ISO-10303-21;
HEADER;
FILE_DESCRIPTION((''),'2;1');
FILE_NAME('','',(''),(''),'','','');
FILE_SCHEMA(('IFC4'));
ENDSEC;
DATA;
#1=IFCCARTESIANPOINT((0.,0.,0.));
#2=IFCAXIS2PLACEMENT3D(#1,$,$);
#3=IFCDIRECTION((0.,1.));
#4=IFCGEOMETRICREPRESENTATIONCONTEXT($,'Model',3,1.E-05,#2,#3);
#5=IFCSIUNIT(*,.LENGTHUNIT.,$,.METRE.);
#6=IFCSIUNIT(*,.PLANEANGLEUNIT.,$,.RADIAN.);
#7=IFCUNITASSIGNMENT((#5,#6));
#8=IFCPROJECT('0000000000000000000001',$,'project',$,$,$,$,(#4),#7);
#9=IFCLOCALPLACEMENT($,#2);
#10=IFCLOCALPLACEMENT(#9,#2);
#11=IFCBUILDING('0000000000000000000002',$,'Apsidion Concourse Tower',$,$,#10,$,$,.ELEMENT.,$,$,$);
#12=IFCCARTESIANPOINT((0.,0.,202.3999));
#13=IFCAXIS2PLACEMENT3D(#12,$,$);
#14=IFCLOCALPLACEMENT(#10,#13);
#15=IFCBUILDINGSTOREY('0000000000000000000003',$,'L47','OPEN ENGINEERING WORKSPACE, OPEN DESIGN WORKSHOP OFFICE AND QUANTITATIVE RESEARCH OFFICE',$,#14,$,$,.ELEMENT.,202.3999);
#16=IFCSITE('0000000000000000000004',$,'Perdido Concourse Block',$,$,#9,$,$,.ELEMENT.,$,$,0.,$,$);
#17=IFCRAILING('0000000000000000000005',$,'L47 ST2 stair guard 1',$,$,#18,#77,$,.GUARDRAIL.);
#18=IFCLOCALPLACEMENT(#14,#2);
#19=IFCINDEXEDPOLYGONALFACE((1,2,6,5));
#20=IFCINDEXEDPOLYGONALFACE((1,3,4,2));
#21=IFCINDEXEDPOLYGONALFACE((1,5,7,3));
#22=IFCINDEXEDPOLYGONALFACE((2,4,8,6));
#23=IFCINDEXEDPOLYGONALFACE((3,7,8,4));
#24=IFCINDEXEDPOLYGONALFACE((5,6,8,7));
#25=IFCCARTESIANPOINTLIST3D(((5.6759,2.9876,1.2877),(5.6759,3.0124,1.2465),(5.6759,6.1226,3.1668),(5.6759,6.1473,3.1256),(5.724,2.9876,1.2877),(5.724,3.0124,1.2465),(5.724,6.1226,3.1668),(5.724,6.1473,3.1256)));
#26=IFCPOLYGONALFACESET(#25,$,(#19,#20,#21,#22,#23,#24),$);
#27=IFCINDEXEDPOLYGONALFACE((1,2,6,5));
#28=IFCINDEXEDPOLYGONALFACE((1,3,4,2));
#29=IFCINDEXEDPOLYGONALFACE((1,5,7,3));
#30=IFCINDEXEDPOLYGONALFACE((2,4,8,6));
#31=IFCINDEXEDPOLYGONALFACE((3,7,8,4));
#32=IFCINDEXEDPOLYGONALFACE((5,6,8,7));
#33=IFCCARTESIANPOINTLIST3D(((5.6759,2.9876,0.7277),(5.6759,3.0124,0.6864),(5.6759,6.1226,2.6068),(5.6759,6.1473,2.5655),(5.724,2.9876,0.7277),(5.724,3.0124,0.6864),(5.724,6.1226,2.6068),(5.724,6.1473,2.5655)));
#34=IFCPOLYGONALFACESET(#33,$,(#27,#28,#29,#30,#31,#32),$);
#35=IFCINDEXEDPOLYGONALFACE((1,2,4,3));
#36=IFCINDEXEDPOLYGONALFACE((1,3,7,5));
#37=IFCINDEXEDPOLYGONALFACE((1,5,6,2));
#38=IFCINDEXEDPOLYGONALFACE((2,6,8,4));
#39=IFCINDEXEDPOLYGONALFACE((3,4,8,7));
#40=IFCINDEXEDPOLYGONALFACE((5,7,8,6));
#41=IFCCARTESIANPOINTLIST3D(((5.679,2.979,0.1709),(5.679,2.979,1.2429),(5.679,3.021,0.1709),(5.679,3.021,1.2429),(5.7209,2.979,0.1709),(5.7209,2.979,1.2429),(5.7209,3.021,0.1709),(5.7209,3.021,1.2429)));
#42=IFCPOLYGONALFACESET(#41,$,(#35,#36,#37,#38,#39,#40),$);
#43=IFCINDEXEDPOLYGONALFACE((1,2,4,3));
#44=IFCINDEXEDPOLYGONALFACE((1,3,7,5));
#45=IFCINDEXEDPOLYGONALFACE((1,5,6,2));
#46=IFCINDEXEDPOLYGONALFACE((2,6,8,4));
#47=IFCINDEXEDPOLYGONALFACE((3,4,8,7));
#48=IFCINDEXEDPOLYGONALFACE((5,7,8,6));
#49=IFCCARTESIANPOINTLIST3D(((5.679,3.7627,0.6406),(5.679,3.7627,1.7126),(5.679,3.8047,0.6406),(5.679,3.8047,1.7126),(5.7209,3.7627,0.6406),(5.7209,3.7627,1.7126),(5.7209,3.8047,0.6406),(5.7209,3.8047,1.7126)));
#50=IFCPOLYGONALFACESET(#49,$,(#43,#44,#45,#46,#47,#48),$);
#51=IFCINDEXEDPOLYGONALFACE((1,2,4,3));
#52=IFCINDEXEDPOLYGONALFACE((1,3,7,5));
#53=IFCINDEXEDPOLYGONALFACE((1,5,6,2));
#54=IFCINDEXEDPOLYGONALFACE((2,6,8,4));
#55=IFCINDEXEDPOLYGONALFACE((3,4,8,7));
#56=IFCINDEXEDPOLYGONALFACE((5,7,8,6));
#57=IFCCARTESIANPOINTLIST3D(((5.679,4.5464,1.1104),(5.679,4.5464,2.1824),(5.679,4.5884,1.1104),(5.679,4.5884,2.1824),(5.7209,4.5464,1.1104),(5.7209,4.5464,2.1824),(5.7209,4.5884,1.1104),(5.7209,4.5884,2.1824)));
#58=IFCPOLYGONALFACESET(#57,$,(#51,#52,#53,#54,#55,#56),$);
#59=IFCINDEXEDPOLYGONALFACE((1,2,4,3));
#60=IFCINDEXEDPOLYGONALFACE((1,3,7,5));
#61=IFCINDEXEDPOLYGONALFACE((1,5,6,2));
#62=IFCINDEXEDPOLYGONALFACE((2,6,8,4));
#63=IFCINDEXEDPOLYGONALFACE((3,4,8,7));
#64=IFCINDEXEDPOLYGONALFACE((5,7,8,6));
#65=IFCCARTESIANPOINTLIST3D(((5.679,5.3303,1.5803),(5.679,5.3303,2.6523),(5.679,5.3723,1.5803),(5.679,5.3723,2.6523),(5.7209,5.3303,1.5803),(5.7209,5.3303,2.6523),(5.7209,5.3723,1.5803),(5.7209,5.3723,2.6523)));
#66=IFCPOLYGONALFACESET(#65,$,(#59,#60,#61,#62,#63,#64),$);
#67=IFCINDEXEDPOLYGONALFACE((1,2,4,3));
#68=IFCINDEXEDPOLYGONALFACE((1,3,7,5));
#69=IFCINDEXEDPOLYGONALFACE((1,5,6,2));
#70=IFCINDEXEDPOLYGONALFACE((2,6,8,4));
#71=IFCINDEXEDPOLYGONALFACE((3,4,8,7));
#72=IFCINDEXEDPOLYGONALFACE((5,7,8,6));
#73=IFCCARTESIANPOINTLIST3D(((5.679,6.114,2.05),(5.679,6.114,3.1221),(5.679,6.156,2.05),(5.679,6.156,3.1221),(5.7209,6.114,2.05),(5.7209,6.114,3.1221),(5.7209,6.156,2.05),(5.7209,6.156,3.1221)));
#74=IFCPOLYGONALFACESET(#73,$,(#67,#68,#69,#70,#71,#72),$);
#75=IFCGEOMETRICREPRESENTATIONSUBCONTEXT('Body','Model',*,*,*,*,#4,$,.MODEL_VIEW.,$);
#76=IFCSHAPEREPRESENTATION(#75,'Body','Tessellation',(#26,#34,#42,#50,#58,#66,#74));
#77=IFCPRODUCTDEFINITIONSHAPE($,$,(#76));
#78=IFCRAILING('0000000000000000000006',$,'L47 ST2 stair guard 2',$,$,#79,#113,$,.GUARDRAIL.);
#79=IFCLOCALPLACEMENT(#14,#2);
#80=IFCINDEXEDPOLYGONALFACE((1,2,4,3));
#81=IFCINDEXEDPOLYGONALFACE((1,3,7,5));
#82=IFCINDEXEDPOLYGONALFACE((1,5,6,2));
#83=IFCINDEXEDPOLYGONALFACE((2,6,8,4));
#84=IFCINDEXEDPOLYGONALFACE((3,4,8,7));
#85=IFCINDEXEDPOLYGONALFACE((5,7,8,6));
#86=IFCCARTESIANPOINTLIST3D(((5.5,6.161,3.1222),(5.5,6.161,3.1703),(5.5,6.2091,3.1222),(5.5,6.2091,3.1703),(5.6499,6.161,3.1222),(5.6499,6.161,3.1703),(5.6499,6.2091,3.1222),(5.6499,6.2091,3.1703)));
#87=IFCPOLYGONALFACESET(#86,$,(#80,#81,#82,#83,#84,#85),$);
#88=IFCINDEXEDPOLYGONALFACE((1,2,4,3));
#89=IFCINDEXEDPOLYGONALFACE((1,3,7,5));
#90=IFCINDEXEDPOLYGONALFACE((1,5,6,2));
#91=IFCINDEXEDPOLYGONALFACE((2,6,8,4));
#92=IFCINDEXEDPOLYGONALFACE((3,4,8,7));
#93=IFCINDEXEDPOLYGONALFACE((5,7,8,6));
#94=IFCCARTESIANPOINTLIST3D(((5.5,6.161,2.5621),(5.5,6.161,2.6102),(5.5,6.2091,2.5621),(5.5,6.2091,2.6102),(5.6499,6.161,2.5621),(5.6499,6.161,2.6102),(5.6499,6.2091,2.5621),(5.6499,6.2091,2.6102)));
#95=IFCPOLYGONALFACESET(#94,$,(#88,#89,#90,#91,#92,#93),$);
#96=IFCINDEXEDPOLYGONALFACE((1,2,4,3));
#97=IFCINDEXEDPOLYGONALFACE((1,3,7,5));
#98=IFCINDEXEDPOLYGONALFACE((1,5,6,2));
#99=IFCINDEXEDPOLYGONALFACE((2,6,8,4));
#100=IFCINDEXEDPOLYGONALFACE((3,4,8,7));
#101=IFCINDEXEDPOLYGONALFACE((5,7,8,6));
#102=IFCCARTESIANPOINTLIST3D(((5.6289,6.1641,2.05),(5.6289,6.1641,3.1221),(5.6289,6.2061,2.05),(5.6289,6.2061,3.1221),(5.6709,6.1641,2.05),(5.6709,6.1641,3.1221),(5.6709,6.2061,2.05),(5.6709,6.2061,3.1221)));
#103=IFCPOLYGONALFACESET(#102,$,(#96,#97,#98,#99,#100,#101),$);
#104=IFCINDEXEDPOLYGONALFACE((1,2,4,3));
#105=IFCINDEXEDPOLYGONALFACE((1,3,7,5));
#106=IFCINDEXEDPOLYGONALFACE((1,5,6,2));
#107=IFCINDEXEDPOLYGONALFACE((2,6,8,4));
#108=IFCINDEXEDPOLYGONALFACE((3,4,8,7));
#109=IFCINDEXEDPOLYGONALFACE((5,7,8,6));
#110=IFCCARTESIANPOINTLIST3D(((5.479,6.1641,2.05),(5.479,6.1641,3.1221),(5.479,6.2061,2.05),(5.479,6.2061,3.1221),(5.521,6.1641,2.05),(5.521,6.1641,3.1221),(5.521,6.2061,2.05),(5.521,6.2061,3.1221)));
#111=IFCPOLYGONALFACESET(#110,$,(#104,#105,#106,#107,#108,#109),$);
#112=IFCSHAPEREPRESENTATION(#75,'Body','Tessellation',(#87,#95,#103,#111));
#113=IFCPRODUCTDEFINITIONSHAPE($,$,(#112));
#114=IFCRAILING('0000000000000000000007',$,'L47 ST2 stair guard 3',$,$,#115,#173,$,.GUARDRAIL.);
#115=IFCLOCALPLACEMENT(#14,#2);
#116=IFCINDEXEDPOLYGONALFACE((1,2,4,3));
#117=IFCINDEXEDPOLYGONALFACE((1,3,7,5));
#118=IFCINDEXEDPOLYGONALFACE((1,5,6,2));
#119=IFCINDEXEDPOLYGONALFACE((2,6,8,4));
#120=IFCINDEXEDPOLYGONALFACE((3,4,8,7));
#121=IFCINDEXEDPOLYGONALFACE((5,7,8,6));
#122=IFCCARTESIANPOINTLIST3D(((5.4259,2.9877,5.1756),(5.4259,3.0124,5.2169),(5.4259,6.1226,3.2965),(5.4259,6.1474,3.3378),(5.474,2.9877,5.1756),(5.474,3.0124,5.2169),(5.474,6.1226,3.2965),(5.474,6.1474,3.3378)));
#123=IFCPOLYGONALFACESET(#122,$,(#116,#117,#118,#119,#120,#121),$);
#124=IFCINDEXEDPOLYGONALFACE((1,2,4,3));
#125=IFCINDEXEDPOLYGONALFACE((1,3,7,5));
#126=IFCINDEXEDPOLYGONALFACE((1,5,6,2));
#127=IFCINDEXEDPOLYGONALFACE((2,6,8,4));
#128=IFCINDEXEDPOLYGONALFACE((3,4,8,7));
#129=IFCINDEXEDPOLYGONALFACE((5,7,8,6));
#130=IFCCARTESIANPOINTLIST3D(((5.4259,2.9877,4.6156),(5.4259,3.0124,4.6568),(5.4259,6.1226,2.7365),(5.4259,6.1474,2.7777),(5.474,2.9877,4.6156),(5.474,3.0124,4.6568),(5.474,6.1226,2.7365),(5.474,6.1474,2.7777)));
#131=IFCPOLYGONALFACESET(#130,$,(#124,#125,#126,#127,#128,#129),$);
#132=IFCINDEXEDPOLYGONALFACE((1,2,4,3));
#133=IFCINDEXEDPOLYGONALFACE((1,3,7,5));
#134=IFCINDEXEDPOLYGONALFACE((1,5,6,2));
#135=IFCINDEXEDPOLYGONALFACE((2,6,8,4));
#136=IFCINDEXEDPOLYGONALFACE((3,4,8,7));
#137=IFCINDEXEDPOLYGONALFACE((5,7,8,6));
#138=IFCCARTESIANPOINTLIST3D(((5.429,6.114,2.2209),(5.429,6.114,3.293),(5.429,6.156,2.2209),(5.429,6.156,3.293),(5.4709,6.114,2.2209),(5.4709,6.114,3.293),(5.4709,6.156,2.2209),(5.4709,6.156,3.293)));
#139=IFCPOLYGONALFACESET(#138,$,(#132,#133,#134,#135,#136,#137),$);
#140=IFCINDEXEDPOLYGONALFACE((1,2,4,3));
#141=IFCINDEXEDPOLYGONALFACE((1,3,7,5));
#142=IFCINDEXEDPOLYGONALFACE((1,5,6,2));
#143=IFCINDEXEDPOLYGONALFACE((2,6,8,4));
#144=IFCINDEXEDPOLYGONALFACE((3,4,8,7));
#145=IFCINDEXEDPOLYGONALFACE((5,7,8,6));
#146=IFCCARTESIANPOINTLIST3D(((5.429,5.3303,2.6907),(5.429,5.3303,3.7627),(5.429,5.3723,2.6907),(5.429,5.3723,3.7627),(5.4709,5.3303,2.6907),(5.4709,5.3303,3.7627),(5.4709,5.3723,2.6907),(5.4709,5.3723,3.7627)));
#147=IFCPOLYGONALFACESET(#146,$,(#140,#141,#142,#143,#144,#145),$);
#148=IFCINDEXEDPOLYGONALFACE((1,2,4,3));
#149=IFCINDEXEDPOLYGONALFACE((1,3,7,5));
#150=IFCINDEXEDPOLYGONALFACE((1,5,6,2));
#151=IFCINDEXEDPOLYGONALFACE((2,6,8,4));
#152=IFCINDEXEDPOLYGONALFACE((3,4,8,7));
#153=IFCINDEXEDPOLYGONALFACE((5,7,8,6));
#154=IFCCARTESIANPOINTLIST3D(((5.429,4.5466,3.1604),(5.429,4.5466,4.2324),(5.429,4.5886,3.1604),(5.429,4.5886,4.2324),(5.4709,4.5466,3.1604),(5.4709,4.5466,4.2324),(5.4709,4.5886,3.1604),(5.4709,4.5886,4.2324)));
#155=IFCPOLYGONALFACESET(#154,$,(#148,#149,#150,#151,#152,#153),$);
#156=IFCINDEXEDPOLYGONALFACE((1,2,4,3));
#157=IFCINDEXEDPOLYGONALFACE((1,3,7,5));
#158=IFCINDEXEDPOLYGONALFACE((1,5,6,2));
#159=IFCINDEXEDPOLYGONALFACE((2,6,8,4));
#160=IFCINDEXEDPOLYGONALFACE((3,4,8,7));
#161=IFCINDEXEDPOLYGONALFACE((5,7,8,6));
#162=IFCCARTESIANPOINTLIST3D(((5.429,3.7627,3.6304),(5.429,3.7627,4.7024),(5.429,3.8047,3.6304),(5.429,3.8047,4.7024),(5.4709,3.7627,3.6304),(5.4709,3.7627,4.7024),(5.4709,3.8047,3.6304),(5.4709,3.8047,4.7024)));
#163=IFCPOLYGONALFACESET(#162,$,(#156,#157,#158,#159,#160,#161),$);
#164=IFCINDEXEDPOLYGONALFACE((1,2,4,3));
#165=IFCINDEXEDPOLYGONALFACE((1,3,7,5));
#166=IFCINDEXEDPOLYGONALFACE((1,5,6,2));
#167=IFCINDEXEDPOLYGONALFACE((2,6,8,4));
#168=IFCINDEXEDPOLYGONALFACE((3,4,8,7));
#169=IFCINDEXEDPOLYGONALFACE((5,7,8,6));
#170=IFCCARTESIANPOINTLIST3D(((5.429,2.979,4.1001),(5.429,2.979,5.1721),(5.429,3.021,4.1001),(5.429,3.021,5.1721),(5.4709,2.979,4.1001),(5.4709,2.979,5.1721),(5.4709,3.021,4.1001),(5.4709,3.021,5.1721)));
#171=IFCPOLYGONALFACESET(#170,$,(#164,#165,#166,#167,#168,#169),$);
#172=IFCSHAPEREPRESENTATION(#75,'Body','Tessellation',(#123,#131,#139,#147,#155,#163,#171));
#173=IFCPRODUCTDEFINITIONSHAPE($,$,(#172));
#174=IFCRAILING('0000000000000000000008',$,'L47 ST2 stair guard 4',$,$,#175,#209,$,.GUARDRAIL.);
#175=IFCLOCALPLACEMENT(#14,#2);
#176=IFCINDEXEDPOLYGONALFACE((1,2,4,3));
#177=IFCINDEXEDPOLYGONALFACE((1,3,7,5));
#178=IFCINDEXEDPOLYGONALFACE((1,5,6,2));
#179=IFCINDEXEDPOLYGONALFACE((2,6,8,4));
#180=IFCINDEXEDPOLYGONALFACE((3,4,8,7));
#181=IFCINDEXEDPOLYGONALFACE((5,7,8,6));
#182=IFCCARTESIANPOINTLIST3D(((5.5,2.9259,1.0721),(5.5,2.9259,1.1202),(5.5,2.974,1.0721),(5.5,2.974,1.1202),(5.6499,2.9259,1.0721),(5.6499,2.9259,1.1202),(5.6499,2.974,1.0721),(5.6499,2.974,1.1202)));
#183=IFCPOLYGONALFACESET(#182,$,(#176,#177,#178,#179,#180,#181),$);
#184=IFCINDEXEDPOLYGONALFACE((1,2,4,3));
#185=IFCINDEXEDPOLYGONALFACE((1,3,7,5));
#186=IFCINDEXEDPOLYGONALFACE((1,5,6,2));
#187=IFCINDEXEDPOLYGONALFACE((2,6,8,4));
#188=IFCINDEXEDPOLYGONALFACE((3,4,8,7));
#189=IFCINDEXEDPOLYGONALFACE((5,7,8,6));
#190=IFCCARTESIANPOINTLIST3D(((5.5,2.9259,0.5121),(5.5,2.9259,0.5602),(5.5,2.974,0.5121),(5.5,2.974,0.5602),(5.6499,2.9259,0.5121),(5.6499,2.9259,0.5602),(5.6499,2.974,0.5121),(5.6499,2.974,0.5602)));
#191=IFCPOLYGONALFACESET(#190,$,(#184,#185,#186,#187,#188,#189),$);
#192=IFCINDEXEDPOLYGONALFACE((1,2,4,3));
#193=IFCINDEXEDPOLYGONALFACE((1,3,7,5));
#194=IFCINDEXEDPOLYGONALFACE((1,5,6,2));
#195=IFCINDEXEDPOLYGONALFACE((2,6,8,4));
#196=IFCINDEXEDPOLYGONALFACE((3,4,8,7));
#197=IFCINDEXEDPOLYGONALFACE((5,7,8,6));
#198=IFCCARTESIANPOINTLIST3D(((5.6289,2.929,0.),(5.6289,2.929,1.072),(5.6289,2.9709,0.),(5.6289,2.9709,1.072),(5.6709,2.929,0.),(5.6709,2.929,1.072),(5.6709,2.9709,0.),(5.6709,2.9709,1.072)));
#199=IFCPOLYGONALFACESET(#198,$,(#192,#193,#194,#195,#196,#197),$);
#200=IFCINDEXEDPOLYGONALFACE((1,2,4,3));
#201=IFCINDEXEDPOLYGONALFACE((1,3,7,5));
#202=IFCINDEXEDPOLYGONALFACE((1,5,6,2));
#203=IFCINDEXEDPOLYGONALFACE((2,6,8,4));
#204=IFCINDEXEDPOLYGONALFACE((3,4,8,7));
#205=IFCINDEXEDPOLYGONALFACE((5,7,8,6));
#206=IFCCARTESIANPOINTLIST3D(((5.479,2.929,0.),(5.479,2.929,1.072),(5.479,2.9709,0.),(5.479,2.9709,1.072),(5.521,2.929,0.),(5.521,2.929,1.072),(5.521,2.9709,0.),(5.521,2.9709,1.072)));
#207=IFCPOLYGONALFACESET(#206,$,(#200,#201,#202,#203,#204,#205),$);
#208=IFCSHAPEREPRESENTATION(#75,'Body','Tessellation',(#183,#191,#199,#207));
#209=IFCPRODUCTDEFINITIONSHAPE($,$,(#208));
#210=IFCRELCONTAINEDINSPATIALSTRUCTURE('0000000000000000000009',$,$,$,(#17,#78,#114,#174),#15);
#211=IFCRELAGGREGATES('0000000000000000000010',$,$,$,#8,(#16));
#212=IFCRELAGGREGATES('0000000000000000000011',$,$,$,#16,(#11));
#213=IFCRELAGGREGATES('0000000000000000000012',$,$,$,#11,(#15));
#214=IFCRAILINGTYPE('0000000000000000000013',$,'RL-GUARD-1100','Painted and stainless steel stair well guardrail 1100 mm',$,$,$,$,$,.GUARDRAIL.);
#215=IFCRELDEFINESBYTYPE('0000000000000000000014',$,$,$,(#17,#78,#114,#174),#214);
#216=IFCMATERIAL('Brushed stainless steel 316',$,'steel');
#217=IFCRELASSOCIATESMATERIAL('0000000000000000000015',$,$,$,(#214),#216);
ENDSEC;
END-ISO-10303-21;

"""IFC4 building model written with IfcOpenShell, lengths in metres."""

from ifc_helpers import new_model, si_unit, direction, frame, origin, origin_2d, place, context, subcontext, project, spatial, rectangle, extrude, material, type_object, element, save


model = new_model("IFC4")

# Units and contexts
model_context = context("Model", 3, precision=1e-05, world=origin(), true_north=direction((0.0, 1.0)))
body_context = subcontext(model_context, "Body", "Model", "MODEL_VIEW")
ifc_project = project(units=[si_unit("LENGTHUNIT", "METRE"), si_unit("PLANEANGLEUNIT", "RADIAN")], contexts=[model_context])

# Site, building, storey
site_placement = place(None, origin())
site = spatial("IfcSite", under=ifc_project, at=site_placement, Name="Perdido Concourse Block", CompositionType="ELEMENT", RefElevation=0.0)
building_placement = place(site_placement, origin())
building = spatial("IfcBuilding", under=site, at=building_placement, Name="Apsidion Concourse Tower", CompositionType="ELEMENT")
storey_placement = place(building_placement, frame((0.0, 0.0, 202.3999)))
storey = spatial("IfcBuildingStorey", under=building, at=storey_placement, Name="L47", Description="OPEN ENGINEERING WORKSPACE, OPEN DESIGN WORKSHOP OFFICE AND QUANTITATIVE RESEARCH OFFICE", CompositionType="ELEMENT", Elevation=202.3999)

# Railings
ifc_material_1 = material(Name="Brushed stainless steel 316", Category="steel")
railing_type_1 = type_object("IfcRailingType", Name="RL-GUARD-1100", Description="Painted and stainless steel stair well guardrail 1100 mm", PredefinedType="GUARDRAIL", material=ifc_material_1)
railing_1_placement = place(storey_placement, frame((5.7, 3.0, 0.1709)))
element("IfcRailing", 1, at=railing_1_placement, inside=storey, type_object=railing_type_1, Name="L47 ST2 stair guard 1", PredefinedType="GUARDRAIL", context=body_context, shape_type="SweptSolid", body=[
    extrude(rectangle(XDim=0.0481, YDim=0.0481, at=origin_2d()), frame((0.0, 0.0, 1.0962), z_axis=(0.0, 0.857717, 0.514122), x_axis=(-1.0, 0.0, 0.0)), (0.0, 0.0, 1.0), 3.655),
    extrude(rectangle(XDim=0.0481, YDim=0.0481, at=origin_2d()), frame((0.0, 0.0, 0.5361), z_axis=(0.0, 0.857717, 0.514122), x_axis=(-1.0, 0.0, 0.0)), (0.0, 0.0, 1.0), 3.655),
    extrude(rectangle(XDim=0.042, YDim=0.042, at=origin_2d()), origin(), (0.0, 0.0, 1.0), 1.072),
    extrude(rectangle(XDim=0.042, YDim=0.042, at=origin_2d()), frame((0.0, 0.7837, 0.4697)), (0.0, 0.0, 1.0), 1.072),
    extrude(rectangle(XDim=0.042, YDim=0.042, at=origin_2d()), frame((0.0, 1.5674, 0.9395)), (0.0, 0.0, 1.0), 1.072),
    extrude(rectangle(XDim=0.042, YDim=0.042, at=origin_2d()), frame((0.0, 2.3513, 1.4094)), (0.0, 0.0, 1.0), 1.072),
    extrude(rectangle(XDim=0.042, YDim=0.042, at=origin_2d()), frame((0.0, 3.135, 1.8792)), (0.0, 0.0, 1.0), 1.072),
])
railing_2_placement = place(storey_placement, frame((5.6499, 6.1851, 2.05)))
element("IfcRailing", 2, at=railing_2_placement, inside=storey, type_object=railing_type_1, Name="L47 ST2 stair guard 2", PredefinedType="GUARDRAIL", context=body_context, shape_type="SweptSolid", body=[
    extrude(rectangle(XDim=0.0481, YDim=0.0481, at=origin_2d()), frame((0.0, 0.0, 1.0962), z_axis=(-1.0, 0.0, 0.0), x_axis=(0.0, -1.0, 0.0)), (0.0, 0.0, 1.0), 0.1499),
    extrude(rectangle(XDim=0.0481, YDim=0.0481, at=origin_2d()), frame((0.0, 0.0, 0.5361), z_axis=(-1.0, 0.0, 0.0), x_axis=(0.0, -1.0, 0.0)), (0.0, 0.0, 1.0), 0.1499),
    extrude(rectangle(XDim=0.042, YDim=0.042, at=origin_2d()), origin(), (0.0, 0.0, 1.0), 1.072),
    extrude(rectangle(XDim=0.042, YDim=0.042, at=origin_2d()), frame((-0.1499, 0.0, 0.0)), (0.0, 0.0, 1.0), 1.072),
])
railing_3_placement = place(storey_placement, frame((5.45, 6.135, 2.2209)))
element("IfcRailing", 3, at=railing_3_placement, inside=storey, type_object=railing_type_1, Name="L47 ST2 stair guard 3", PredefinedType="GUARDRAIL", context=body_context, shape_type="SweptSolid", body=[
    extrude(rectangle(XDim=0.0481, YDim=0.0481, at=origin_2d()), frame((0.0, 0.0, 1.0962), z_axis=(0.0, -0.857717, 0.514122), x_axis=(1.0, 0.0, 0.0)), (0.0, 0.0, 1.0), 3.655),
    extrude(rectangle(XDim=0.0481, YDim=0.0481, at=origin_2d()), frame((0.0, 0.0, 0.5361), z_axis=(0.0, -0.857717, 0.514122), x_axis=(1.0, 0.0, 0.0)), (0.0, 0.0, 1.0), 3.655),
    extrude(rectangle(XDim=0.042, YDim=0.042, at=origin_2d()), origin(), (0.0, 0.0, 1.0), 1.072),
    extrude(rectangle(XDim=0.042, YDim=0.042, at=origin_2d()), frame((0.0, -0.7837, 0.4697)), (0.0, 0.0, 1.0), 1.072),
    extrude(rectangle(XDim=0.042, YDim=0.042, at=origin_2d()), frame((0.0, -1.5674, 0.9395)), (0.0, 0.0, 1.0), 1.072),
    extrude(rectangle(XDim=0.042, YDim=0.042, at=origin_2d()), frame((0.0, -2.3513, 1.4094)), (0.0, 0.0, 1.0), 1.072),
    extrude(rectangle(XDim=0.042, YDim=0.042, at=origin_2d()), frame((0.0, -3.135, 1.8792)), (0.0, 0.0, 1.0), 1.072),
])
railing_4_placement = place(storey_placement, frame((5.6499, 2.95, 0.0)))
element("IfcRailing", 4, at=railing_4_placement, inside=storey, type_object=railing_type_1, Name="L47 ST2 stair guard 4", PredefinedType="GUARDRAIL", context=body_context, shape_type="SweptSolid", body=[
    extrude(rectangle(XDim=0.0481, YDim=0.0481, at=origin_2d()), frame((0.0, 0.0, 1.0962), z_axis=(-1.0, 0.0, 0.0), x_axis=(0.0, -1.0, 0.0)), (0.0, 0.0, 1.0), 0.1499),
    extrude(rectangle(XDim=0.0481, YDim=0.0481, at=origin_2d()), frame((0.0, 0.0, 0.5361), z_axis=(-1.0, 0.0, 0.0), x_axis=(0.0, -1.0, 0.0)), (0.0, 0.0, 1.0), 0.1499),
    extrude(rectangle(XDim=0.042, YDim=0.042, at=origin_2d()), origin(), (0.0, 0.0, 1.0), 1.072),
    extrude(rectangle(XDim=0.042, YDim=0.042, at=origin_2d()), frame((-0.1499, 0.0, 0.0)), (0.0, 0.0, 1.0), 1.072),
])

save(model, "model.ifc")
